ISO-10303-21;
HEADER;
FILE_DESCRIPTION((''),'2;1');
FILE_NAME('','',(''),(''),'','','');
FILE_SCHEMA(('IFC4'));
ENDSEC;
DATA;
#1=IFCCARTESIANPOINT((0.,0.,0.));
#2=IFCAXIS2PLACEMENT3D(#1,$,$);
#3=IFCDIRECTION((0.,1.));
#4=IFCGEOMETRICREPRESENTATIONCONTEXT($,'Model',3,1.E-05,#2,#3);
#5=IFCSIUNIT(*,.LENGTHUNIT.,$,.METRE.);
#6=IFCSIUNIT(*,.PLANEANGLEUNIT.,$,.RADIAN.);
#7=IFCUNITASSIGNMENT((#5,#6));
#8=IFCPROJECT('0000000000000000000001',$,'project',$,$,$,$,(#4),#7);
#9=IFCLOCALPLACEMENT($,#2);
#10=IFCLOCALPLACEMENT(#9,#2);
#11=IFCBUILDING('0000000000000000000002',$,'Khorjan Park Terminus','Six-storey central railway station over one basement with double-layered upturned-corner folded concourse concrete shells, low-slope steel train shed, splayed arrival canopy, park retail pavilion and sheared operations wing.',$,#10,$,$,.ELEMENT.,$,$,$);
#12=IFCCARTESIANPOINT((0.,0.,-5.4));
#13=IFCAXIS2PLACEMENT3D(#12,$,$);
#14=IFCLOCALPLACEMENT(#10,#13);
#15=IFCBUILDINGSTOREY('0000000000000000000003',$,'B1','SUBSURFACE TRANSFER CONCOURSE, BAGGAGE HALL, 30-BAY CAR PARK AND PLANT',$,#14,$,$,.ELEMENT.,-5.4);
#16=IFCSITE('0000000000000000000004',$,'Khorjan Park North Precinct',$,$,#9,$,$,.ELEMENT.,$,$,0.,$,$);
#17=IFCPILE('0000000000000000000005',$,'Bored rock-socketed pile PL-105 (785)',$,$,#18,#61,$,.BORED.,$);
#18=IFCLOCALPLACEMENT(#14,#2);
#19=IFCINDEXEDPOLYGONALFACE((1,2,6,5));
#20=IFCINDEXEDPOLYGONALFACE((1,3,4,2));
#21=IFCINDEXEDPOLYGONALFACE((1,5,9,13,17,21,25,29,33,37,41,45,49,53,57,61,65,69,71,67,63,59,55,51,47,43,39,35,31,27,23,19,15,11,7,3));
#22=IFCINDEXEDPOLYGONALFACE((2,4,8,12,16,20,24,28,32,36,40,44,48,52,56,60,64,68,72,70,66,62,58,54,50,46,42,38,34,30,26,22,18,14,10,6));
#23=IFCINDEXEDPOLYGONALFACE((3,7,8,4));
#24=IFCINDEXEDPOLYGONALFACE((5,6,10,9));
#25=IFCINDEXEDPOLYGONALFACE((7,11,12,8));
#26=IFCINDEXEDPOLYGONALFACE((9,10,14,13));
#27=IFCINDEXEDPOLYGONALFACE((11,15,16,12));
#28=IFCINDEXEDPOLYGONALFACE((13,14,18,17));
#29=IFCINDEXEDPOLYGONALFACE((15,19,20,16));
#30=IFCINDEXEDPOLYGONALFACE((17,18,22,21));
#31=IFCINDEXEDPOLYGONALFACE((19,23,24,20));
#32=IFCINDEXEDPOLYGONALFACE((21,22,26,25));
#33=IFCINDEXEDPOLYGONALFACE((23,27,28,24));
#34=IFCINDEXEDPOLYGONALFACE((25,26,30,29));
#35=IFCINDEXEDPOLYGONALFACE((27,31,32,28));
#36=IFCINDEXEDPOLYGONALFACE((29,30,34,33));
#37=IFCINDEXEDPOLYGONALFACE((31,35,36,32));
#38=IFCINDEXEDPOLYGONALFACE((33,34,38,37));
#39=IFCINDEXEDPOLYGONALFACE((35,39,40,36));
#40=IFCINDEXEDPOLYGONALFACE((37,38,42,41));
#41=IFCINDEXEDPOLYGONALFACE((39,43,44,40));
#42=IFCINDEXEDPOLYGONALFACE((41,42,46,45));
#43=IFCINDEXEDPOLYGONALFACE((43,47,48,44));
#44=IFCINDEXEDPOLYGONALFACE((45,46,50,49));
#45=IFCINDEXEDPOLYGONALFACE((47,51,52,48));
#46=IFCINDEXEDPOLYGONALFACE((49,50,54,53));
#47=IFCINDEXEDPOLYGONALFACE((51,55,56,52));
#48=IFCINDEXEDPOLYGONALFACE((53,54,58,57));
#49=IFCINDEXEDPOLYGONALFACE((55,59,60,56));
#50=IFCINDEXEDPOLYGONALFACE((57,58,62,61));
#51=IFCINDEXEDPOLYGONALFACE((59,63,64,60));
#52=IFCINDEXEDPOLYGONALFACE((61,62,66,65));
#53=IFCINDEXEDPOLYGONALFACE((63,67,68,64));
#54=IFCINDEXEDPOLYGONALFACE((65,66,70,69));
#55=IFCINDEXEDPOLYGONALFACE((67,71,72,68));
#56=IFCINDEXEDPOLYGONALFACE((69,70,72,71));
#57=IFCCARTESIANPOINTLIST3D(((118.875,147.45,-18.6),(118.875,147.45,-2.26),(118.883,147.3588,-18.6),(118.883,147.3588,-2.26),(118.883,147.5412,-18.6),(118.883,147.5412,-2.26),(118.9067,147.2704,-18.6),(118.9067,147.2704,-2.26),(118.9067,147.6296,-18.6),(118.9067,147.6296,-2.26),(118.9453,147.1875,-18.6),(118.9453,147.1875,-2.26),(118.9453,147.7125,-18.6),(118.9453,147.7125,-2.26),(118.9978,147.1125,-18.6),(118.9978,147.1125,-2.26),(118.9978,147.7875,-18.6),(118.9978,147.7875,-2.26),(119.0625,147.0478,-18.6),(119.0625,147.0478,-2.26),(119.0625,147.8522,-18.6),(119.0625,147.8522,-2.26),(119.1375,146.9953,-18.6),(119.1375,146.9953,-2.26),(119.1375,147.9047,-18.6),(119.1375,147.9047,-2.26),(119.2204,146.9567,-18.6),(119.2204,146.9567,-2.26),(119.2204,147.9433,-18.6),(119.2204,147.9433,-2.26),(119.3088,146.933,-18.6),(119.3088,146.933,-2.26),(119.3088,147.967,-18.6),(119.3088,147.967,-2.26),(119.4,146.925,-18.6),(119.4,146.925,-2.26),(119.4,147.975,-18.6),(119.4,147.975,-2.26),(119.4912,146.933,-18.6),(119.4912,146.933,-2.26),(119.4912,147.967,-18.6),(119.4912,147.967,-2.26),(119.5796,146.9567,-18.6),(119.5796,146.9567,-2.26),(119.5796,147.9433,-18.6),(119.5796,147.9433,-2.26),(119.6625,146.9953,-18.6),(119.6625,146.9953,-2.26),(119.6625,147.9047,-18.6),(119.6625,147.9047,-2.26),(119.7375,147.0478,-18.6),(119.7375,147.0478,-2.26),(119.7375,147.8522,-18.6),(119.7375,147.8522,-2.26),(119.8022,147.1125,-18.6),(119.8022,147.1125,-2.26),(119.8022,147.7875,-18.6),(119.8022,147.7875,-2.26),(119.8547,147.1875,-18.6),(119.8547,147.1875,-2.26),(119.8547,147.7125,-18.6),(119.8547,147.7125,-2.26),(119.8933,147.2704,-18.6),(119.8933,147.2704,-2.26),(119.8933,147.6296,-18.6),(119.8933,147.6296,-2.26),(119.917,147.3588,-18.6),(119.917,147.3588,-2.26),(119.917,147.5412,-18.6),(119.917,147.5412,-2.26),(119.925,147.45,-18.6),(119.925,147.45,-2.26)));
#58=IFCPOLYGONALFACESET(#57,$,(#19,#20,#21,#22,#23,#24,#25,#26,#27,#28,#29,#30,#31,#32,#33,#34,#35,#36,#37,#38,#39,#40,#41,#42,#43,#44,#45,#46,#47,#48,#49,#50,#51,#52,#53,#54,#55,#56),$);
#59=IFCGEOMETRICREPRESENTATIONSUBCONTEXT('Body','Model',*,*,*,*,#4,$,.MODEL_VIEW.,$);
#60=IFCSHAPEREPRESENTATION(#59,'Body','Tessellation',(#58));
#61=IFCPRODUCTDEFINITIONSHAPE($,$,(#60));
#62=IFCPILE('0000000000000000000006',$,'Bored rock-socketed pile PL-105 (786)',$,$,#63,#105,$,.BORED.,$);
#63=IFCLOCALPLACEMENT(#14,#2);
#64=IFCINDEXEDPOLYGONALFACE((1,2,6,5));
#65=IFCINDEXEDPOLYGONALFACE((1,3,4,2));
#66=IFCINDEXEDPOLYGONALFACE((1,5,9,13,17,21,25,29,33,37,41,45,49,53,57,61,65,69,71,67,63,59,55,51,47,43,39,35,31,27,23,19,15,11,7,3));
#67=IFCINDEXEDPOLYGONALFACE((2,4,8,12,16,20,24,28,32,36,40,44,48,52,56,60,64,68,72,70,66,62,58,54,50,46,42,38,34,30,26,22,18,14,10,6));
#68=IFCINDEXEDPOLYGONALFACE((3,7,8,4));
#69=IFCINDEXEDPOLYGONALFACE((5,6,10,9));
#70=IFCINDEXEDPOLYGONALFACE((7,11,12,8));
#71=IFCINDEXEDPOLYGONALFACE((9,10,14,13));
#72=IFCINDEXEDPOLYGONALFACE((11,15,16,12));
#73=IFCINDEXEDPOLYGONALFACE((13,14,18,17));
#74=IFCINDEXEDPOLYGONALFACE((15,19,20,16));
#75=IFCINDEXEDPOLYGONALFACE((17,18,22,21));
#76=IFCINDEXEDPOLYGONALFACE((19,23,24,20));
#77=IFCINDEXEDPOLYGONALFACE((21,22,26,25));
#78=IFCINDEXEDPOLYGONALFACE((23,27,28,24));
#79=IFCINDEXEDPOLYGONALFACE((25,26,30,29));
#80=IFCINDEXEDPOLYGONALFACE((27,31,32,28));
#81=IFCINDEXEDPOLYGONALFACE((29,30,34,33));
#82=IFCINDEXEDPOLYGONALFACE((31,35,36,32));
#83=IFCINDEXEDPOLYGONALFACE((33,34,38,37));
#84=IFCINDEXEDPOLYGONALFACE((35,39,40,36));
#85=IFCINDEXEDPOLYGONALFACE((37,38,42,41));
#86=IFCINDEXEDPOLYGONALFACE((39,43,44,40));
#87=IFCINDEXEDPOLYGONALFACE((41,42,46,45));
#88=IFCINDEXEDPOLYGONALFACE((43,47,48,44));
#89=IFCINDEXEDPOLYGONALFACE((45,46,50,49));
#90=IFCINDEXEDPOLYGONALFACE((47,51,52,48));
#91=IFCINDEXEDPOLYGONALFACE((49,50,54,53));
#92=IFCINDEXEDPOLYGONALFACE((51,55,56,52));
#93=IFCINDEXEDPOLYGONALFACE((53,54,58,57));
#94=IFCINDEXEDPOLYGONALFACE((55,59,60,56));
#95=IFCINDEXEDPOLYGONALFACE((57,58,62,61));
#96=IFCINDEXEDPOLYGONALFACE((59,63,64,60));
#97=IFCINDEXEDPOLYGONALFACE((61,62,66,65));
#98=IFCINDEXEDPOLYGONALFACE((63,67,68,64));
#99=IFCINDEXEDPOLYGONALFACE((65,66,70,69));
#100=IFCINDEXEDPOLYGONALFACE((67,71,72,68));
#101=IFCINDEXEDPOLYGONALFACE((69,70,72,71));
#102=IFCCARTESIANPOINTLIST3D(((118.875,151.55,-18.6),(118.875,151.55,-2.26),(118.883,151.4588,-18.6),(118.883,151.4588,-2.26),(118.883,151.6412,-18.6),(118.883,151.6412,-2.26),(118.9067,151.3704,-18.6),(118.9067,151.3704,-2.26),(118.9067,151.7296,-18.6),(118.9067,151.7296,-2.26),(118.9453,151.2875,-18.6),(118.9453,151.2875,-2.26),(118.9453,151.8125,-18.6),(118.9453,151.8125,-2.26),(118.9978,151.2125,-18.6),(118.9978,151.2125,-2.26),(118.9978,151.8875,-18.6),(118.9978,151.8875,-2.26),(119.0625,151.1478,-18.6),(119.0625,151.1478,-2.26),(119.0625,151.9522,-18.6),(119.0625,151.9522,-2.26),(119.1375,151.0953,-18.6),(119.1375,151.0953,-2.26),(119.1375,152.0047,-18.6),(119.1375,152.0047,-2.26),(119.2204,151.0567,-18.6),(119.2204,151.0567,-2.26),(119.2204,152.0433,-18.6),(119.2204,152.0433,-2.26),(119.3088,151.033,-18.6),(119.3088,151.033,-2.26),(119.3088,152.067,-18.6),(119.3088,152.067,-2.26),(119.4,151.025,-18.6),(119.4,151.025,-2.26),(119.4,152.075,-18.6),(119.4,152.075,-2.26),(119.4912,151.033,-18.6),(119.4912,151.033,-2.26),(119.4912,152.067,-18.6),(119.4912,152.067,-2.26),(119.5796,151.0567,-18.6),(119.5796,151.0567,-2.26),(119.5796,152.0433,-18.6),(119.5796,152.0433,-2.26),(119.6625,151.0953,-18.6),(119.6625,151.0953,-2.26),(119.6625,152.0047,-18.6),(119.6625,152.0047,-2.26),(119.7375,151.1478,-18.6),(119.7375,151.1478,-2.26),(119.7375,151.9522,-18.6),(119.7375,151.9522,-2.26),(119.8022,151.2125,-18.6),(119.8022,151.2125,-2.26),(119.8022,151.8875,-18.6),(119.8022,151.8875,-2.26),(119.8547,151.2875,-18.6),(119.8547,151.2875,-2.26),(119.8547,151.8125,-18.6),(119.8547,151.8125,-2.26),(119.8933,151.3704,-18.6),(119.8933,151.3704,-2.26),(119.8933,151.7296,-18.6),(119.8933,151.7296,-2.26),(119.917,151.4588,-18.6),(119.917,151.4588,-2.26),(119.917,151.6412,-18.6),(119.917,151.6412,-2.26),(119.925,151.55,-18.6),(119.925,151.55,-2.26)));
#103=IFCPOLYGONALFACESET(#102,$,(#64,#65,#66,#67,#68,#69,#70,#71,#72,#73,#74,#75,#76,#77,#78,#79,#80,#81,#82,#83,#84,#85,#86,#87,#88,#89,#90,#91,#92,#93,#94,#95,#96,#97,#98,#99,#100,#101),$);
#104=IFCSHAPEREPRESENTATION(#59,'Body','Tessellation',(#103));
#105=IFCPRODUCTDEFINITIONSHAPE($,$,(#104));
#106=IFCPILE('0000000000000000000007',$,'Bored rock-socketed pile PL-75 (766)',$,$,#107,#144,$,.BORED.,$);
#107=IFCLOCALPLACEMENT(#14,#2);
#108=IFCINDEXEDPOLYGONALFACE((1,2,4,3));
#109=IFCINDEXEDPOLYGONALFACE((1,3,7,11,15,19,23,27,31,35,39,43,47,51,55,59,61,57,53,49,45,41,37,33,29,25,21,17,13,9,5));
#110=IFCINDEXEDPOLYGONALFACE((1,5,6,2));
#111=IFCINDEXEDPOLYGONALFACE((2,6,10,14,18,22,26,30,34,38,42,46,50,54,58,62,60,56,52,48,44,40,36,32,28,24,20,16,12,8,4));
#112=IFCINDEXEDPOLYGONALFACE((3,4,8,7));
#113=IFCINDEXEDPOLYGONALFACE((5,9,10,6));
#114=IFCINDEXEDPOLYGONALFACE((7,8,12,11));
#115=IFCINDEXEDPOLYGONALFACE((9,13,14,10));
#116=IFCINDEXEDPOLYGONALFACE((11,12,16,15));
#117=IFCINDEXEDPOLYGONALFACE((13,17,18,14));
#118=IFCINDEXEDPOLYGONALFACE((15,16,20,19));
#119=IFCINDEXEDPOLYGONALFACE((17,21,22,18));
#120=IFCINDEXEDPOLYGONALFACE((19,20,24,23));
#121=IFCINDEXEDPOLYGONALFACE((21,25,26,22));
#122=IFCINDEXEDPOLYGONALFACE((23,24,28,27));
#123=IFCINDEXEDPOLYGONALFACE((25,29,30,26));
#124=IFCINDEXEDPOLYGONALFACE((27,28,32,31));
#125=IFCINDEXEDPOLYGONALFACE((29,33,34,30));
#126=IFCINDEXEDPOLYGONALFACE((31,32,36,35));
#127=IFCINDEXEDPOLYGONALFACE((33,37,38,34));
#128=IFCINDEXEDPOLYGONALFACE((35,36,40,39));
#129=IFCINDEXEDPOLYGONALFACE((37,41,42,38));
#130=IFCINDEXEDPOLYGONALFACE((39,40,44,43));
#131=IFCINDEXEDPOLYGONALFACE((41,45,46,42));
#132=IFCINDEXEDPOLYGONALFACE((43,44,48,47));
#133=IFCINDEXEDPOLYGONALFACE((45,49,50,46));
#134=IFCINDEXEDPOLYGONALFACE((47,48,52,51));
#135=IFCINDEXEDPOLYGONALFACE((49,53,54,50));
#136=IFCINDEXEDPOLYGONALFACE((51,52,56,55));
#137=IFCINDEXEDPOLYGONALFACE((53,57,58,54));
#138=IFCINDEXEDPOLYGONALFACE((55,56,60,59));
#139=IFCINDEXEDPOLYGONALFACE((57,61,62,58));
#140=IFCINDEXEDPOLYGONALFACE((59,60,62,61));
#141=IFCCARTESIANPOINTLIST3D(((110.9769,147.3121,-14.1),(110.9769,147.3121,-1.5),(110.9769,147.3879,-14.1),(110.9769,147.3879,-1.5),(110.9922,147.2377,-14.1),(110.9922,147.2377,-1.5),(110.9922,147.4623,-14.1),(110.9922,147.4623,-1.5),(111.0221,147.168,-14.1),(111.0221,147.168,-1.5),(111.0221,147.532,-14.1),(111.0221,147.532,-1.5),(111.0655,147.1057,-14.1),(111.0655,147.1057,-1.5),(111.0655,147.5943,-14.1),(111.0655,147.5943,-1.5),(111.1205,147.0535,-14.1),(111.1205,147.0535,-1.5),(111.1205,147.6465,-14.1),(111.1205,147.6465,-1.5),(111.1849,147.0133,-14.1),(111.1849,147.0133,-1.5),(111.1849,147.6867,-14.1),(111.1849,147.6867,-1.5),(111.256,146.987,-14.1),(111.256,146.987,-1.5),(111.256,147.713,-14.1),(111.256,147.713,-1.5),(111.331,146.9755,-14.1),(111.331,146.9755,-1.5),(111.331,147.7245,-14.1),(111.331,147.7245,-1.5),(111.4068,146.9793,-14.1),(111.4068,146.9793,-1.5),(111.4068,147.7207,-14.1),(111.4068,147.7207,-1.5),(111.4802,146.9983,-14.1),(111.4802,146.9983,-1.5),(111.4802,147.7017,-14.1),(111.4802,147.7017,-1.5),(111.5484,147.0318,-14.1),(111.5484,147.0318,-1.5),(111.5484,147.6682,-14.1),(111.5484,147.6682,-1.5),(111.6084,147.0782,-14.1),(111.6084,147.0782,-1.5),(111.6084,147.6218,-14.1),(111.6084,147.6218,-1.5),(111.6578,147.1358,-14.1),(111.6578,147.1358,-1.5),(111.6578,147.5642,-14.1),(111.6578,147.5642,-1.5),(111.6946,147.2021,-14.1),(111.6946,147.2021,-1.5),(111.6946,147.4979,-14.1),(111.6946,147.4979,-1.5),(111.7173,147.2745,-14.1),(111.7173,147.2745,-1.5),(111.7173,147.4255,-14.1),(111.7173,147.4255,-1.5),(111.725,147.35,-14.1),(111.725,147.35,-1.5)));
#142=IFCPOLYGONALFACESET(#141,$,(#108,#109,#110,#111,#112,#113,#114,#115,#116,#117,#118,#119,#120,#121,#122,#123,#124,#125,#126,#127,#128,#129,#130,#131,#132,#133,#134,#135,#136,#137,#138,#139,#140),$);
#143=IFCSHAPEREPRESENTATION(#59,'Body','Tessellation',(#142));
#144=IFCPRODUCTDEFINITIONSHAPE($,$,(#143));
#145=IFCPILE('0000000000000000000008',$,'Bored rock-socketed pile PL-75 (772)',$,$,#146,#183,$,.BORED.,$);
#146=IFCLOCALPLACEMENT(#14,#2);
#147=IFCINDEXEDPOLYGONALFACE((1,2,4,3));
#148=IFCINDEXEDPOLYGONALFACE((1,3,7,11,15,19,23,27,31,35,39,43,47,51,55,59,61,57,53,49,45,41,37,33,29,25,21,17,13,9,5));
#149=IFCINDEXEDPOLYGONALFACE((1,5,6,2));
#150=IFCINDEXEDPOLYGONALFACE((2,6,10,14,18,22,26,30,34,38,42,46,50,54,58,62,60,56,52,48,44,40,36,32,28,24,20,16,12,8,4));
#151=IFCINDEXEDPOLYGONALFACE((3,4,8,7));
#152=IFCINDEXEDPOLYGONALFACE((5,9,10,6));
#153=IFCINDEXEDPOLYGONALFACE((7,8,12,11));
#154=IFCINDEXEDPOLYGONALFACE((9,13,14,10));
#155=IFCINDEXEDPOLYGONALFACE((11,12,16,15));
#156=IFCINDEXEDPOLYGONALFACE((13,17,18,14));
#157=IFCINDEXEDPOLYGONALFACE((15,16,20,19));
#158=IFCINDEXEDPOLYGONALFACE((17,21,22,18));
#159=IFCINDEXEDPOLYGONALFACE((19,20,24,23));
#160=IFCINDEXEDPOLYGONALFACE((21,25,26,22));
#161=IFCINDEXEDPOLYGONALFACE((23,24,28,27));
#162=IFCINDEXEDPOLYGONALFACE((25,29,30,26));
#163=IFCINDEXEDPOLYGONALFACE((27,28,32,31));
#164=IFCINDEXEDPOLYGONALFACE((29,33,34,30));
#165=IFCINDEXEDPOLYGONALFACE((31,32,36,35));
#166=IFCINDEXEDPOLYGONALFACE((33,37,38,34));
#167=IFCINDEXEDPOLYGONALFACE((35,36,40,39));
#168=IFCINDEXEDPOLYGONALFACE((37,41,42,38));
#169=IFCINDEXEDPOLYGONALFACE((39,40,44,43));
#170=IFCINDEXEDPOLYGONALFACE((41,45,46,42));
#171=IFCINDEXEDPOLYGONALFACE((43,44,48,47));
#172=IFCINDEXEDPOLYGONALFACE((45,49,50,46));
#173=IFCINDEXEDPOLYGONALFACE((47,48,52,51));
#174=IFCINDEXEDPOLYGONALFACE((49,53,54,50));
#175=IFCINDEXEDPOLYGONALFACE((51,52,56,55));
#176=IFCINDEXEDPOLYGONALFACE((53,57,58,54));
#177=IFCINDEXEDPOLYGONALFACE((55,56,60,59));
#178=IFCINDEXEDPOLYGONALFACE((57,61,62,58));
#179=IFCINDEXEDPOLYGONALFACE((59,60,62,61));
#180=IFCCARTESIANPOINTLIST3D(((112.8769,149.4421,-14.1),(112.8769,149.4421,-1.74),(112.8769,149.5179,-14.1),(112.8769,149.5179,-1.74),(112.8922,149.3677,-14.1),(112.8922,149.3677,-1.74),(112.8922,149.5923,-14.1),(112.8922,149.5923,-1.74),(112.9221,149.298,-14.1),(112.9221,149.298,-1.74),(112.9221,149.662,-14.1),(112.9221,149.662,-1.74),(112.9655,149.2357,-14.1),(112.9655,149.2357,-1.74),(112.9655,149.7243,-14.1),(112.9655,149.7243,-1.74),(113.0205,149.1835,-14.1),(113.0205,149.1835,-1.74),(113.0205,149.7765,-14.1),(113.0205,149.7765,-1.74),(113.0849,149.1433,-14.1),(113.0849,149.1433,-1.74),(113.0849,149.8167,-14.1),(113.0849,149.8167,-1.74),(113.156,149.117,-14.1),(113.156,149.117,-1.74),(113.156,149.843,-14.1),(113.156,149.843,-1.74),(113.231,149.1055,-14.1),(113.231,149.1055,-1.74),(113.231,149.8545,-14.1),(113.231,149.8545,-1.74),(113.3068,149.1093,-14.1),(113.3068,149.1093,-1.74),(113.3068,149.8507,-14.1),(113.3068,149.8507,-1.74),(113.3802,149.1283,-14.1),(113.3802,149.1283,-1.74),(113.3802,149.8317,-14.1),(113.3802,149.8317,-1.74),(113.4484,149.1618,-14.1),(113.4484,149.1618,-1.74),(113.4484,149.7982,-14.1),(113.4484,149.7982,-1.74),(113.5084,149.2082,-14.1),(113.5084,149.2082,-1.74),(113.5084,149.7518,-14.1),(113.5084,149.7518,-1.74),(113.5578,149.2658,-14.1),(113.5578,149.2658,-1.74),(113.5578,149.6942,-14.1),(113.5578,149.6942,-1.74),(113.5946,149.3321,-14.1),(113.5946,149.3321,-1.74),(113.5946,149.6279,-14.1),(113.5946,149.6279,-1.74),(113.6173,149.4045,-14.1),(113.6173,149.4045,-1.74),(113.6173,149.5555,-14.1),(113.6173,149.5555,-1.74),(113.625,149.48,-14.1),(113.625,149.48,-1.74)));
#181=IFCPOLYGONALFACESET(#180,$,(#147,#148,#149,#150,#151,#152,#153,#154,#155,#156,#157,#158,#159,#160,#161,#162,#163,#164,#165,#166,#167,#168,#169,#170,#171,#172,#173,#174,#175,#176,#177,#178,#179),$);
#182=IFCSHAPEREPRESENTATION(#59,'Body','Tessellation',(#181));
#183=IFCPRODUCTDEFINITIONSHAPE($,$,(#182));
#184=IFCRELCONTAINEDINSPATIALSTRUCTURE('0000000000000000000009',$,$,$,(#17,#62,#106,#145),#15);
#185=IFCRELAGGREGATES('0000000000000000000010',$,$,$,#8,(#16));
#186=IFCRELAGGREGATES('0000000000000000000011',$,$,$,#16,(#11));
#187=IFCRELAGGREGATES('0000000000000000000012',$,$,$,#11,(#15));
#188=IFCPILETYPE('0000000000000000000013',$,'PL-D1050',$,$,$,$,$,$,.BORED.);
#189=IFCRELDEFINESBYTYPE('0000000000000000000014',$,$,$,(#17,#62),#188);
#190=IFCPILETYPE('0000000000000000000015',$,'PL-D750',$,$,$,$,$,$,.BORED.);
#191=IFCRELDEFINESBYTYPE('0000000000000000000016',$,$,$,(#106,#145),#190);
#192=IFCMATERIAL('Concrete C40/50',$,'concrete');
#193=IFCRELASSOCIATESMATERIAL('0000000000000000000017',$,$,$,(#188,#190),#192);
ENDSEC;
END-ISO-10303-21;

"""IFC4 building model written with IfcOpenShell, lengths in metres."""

from ifc_helpers import new_model, si_unit, direction, frame, origin, origin_2d, place, context, subcontext, project, spatial, circle, extrude, material, material_profile, profile_set, type_object, element, save


model = new_model("IFC4")

# Units and contexts
model_context = context("Model", 3, precision=1e-05, world=origin(), true_north=direction((0.0, 1.0)))
body_context = subcontext(model_context, "Body", "Model", "MODEL_VIEW")
ifc_project = project(units=[si_unit("LENGTHUNIT", "METRE"), si_unit("PLANEANGLEUNIT", "RADIAN")], contexts=[model_context])

# Site, building, storey
site_placement = place(None, origin())
site = spatial("IfcSite", under=ifc_project, at=site_placement, Name="Khorjan Park North Precinct", CompositionType="ELEMENT", RefElevation=0.0)
building_placement = place(site_placement, origin())
building = spatial("IfcBuilding", under=site, at=building_placement, Name="Khorjan Park Terminus", Description="Six-storey central railway station over one basement with double-layered upturned-corner folded concourse concrete shells, low-slope steel train shed, splayed arrival canopy, park retail pavilion and sheared operations wing.", CompositionType="ELEMENT")
storey_placement = place(building_placement, frame((0.0, 0.0, -5.4)))
storey = spatial("IfcBuildingStorey", under=building, at=storey_placement, Name="B1", Description="SUBSURFACE TRANSFER CONCOURSE, BAGGAGE HALL, 30-BAY CAR PARK AND PLANT", CompositionType="ELEMENT", Elevation=-5.4)

# Shared definitions
ifc_material_1 = material(Name="Concrete C40/50", Category="concrete")

# Piles
ifc_material_profile_1 = material_profile(ifc_material_1, circle(Radius=0.525, at=origin_2d()), Name="BORED D1050")
ifc_profile_set_1 = profile_set([ifc_material_profile_1], Name="Concrete C40/50")
pile_type_1 = type_object("IfcPileType", Name="PL-D1050", PredefinedType="BORED", material=ifc_profile_set_1)
for number, where, z_axis, x_axis, name in (
    (1, (119.4, 147.45, -2.26), (0.0, 0.0, -1.0), (1.0, 0.0, 0.0), "Bored rock-socketed pile PL-105 (785)"),
    (2, (119.4, 151.55, -2.26), (0.0, 0.0, -1.0), (1.0, 0.0, 0.0), "Bored rock-socketed pile PL-105 (786)"),
):
    element("IfcPile", number, at=place(storey_placement, frame(where, z_axis=z_axis, x_axis=x_axis)), inside=storey, type_object=pile_type_1, Name=name, PredefinedType="BORED", context=body_context, shape_type="SweptSolid", body=[
        extrude(circle(Radius=0.525, at=origin_2d()), origin(), (0.0, 0.0, 1.0), 16.34),
    ])
ifc_material_profile_2 = material_profile(ifc_material_1, circle(Radius=0.375, at=origin_2d()), Name="BORED D750")
ifc_profile_set_2 = profile_set([ifc_material_profile_2], Name="Concrete C40/50")
pile_type_2 = type_object("IfcPileType", Name="PL-D750", PredefinedType="BORED", material=ifc_profile_set_2)
pile_1_placement = place(storey_placement, frame((111.35, 147.35, -1.5), z_axis=(0.0, 0.0, -1.0), x_axis=(1.0, 0.0, 0.0)))
element("IfcPile", 3, at=pile_1_placement, inside=storey, type_object=pile_type_2, Name="Bored rock-socketed pile PL-75 (766)", PredefinedType="BORED", context=body_context, shape_type="SweptSolid", body=[
    extrude(circle(Radius=0.375, at=origin_2d()), origin(), (0.0, 0.0, 1.0), 12.6),
])
pile_2_placement = place(storey_placement, frame((113.25, 149.48, -1.74), z_axis=(0.0, 0.0, -1.0), x_axis=(1.0, 0.0, 0.0)))
element("IfcPile", 4, at=pile_2_placement, inside=storey, type_object=pile_type_2, Name="Bored rock-socketed pile PL-75 (772)", PredefinedType="BORED", context=body_context, shape_type="SweptSolid", body=[
    extrude(circle(Radius=0.375, at=origin_2d()), origin(), (0.0, 0.0, 1.0), 12.36),
])

save(model, "model.ifc")
